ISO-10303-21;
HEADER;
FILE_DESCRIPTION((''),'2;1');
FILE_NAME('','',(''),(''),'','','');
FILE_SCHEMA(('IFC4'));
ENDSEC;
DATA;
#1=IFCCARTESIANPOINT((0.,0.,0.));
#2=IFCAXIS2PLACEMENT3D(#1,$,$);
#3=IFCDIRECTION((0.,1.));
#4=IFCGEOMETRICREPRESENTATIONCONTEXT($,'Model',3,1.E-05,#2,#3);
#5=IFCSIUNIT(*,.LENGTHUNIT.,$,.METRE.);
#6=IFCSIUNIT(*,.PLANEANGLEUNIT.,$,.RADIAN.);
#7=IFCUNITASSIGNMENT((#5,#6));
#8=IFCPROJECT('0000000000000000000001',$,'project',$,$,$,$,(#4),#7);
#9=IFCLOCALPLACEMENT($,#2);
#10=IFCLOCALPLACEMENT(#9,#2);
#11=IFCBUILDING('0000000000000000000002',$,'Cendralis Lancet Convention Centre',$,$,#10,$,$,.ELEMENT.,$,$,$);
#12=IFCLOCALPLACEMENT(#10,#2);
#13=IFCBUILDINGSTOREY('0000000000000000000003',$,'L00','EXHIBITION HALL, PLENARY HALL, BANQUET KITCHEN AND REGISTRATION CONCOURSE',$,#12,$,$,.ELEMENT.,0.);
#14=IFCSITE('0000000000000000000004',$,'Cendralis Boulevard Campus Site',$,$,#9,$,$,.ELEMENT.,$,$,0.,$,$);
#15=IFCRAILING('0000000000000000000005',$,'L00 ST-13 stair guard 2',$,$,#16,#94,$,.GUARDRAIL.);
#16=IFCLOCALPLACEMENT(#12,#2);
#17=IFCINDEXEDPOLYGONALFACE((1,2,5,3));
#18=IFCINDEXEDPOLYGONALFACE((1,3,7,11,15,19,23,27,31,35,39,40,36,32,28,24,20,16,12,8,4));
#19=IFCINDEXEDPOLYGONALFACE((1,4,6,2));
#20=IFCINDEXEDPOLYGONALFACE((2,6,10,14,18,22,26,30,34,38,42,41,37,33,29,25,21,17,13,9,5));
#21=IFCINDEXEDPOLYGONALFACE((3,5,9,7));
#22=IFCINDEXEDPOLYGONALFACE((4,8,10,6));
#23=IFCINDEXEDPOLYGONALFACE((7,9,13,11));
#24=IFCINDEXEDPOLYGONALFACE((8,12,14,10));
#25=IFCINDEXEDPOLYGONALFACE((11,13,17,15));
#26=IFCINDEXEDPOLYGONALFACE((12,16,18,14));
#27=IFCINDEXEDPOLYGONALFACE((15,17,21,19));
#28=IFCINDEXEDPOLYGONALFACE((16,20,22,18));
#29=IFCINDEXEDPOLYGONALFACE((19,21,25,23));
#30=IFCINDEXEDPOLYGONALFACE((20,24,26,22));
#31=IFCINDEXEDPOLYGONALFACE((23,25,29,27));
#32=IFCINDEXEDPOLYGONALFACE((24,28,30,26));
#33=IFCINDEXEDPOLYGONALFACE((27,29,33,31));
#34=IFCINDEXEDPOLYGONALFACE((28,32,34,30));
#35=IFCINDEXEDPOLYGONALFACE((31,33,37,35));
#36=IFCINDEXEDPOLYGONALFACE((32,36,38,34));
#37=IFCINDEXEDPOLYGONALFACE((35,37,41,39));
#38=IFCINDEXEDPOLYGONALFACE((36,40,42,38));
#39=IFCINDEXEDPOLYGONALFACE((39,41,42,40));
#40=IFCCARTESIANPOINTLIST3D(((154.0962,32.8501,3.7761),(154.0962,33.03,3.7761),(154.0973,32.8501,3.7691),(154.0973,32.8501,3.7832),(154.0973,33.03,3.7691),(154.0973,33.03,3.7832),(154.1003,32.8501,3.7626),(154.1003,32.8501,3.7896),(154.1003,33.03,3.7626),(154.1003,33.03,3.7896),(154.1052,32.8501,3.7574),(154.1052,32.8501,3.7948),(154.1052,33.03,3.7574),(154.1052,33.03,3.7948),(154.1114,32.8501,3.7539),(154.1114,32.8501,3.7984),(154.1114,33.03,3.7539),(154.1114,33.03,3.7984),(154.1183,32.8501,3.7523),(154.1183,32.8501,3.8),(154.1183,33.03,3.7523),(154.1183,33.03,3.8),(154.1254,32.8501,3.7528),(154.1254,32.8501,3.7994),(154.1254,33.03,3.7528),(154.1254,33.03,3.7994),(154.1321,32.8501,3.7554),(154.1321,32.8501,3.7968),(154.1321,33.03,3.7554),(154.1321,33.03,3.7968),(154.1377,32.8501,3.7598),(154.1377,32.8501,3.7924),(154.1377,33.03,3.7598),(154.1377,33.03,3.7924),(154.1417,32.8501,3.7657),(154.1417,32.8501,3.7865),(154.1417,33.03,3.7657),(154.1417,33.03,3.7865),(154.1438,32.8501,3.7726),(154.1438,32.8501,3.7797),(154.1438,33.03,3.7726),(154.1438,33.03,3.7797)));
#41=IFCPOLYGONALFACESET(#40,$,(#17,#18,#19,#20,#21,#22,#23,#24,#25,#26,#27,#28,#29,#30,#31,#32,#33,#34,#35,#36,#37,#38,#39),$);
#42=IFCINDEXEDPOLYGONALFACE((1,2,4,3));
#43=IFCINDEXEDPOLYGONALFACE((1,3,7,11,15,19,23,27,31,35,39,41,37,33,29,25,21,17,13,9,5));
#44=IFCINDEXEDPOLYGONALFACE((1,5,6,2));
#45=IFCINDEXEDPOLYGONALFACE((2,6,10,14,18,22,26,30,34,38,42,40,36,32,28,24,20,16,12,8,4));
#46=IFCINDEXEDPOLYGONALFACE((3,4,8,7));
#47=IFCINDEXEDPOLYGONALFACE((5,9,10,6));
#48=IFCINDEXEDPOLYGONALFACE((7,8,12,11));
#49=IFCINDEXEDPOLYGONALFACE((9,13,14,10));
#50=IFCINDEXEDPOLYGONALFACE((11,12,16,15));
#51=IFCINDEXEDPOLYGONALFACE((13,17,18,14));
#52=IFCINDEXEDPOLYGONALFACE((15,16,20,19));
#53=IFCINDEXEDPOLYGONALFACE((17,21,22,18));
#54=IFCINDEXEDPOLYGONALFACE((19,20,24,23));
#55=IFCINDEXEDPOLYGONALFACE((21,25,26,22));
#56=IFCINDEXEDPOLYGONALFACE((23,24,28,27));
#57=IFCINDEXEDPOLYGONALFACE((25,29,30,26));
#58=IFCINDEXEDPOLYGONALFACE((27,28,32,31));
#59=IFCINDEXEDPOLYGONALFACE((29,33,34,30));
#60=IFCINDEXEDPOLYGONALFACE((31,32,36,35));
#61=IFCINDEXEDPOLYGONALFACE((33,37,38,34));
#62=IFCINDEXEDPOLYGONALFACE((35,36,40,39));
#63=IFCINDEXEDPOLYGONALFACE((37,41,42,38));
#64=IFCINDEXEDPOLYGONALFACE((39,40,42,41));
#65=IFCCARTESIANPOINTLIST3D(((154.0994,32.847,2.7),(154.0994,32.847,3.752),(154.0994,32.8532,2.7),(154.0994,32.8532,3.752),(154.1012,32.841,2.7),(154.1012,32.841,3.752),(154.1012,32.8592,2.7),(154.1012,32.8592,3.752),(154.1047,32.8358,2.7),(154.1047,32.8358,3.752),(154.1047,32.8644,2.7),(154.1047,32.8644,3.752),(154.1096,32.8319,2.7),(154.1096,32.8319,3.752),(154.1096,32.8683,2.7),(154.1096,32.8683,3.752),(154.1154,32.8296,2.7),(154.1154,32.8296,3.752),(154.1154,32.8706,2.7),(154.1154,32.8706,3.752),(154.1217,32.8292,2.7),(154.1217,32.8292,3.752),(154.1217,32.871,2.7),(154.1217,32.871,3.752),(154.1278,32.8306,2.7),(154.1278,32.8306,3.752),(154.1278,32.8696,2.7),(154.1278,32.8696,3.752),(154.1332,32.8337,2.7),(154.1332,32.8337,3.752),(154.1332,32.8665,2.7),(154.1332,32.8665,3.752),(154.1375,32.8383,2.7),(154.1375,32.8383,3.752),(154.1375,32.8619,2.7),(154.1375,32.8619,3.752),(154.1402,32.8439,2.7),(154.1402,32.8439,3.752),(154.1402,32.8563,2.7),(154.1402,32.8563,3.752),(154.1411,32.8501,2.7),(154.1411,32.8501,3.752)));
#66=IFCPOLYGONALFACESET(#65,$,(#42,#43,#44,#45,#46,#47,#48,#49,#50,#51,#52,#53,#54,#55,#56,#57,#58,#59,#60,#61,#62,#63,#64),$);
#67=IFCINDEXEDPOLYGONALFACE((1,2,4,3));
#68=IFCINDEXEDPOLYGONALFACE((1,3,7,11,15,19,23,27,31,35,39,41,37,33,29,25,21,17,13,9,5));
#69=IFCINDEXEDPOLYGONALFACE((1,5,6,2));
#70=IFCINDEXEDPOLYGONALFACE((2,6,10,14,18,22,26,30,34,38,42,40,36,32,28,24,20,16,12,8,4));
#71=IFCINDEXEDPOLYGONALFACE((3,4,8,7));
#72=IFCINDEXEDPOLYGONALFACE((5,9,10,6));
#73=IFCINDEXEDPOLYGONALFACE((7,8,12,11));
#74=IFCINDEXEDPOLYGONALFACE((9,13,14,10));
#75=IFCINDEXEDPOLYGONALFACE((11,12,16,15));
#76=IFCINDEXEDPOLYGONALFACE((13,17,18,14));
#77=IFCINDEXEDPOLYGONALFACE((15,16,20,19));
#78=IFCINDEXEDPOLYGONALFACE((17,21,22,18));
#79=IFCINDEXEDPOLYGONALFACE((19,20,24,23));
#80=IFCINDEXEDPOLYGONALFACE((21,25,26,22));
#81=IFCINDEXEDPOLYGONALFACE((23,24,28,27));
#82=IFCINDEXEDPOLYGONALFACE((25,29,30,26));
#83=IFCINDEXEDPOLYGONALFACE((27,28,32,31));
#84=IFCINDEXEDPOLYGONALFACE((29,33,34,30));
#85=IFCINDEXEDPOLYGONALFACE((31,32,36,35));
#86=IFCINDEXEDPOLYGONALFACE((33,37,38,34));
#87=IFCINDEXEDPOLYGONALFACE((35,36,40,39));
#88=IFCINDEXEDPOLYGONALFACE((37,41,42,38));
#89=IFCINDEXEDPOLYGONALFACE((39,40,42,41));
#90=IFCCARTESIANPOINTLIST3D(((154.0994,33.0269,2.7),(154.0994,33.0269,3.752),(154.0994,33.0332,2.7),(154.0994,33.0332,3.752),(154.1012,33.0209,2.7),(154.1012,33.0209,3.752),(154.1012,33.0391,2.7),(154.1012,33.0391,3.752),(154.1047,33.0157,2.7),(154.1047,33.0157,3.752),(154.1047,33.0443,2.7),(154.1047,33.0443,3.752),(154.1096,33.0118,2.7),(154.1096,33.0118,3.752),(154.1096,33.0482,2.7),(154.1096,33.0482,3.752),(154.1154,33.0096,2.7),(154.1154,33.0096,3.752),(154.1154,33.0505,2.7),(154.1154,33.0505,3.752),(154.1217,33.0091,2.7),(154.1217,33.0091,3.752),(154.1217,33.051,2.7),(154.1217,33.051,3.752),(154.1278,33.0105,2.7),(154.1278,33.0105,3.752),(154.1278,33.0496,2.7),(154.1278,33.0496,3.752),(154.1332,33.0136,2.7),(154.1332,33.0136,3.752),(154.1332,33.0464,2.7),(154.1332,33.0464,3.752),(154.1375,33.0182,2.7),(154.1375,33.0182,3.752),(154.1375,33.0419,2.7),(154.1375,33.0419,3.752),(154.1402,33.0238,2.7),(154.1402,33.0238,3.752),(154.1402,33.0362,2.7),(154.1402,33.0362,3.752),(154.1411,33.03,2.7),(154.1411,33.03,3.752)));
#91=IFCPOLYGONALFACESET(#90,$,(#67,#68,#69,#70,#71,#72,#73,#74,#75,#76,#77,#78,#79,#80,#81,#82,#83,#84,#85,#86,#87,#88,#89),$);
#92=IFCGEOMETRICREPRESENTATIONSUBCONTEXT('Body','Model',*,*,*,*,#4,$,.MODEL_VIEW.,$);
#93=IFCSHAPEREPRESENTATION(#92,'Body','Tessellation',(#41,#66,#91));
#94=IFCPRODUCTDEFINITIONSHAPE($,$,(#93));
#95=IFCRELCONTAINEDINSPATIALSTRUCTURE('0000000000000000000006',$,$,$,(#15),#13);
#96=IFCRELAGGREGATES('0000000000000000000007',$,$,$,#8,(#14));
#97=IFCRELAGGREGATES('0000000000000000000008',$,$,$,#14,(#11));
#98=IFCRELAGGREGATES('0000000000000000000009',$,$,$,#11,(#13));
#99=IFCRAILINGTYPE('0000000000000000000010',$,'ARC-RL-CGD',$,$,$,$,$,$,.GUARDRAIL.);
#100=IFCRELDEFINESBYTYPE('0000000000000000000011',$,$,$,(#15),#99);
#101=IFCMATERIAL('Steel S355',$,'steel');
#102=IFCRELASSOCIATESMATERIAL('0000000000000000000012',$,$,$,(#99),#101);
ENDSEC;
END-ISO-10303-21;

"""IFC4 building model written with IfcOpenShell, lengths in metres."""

from ifc_helpers import new_model, si_unit, direction, frame, origin, origin_2d, place, context, subcontext, project, spatial, circle, extrude, material, type_object, element, save


model = new_model("IFC4")

# Units and contexts
model_context = context("Model", 3, precision=1e-05, world=origin(), true_north=direction((0.0, 1.0)))
body_context = subcontext(model_context, "Body", "Model", "MODEL_VIEW")
ifc_project = project(units=[si_unit("LENGTHUNIT", "METRE"), si_unit("PLANEANGLEUNIT", "RADIAN")], contexts=[model_context])

# Site, building, storey
site_placement = place(None, origin())
site = spatial("IfcSite", under=ifc_project, at=site_placement, Name="Cendralis Boulevard Campus Site", CompositionType="ELEMENT", RefElevation=0.0)
building_placement = place(site_placement, origin())
building = spatial("IfcBuilding", under=site, at=building_placement, Name="Cendralis Lancet Convention Centre", CompositionType="ELEMENT")
storey_placement = place(building_placement, origin())
storey = spatial("IfcBuildingStorey", under=building, at=storey_placement, Name="L00", Description="EXHIBITION HALL, PLENARY HALL, BANQUET KITCHEN AND REGISTRATION CONCOURSE", CompositionType="ELEMENT", Elevation=0.0)

# Shared definitions
ifc_material_1 = material(Name="Steel S355", Category="steel")

# Railing
railing_type_1 = type_object("IfcRailingType", Name="ARC-RL-CGD", PredefinedType="GUARDRAIL", material=ifc_material_1)
railing_1_placement = place(storey_placement, frame((154.1201, 32.8501, 2.7)))
element("IfcRailing", 1, at=railing_1_placement, inside=storey, type_object=railing_type_1, Name="L00 ST-13 stair guard 2", PredefinedType="GUARDRAIL", context=body_context, shape_type="SweptSolid", body=[
    extrude(circle(Radius=0.0239, at=origin_2d()), frame((0.0, 0.0, 1.0762), z_axis=(0.0, 1.0, 0.0), x_axis=(-1.0, 0.0, 0.0)), (0.0, 0.0, 1.0), 0.1799),
    extrude(circle(Radius=0.021, at=origin_2d()), origin(), (0.0, 0.0, 1.0), 1.052),
    extrude(circle(Radius=0.021, at=origin_2d()), frame((0.0, 0.1799, 0.0)), (0.0, 0.0, 1.0), 1.052),
])

save(model, "model.ifc")
